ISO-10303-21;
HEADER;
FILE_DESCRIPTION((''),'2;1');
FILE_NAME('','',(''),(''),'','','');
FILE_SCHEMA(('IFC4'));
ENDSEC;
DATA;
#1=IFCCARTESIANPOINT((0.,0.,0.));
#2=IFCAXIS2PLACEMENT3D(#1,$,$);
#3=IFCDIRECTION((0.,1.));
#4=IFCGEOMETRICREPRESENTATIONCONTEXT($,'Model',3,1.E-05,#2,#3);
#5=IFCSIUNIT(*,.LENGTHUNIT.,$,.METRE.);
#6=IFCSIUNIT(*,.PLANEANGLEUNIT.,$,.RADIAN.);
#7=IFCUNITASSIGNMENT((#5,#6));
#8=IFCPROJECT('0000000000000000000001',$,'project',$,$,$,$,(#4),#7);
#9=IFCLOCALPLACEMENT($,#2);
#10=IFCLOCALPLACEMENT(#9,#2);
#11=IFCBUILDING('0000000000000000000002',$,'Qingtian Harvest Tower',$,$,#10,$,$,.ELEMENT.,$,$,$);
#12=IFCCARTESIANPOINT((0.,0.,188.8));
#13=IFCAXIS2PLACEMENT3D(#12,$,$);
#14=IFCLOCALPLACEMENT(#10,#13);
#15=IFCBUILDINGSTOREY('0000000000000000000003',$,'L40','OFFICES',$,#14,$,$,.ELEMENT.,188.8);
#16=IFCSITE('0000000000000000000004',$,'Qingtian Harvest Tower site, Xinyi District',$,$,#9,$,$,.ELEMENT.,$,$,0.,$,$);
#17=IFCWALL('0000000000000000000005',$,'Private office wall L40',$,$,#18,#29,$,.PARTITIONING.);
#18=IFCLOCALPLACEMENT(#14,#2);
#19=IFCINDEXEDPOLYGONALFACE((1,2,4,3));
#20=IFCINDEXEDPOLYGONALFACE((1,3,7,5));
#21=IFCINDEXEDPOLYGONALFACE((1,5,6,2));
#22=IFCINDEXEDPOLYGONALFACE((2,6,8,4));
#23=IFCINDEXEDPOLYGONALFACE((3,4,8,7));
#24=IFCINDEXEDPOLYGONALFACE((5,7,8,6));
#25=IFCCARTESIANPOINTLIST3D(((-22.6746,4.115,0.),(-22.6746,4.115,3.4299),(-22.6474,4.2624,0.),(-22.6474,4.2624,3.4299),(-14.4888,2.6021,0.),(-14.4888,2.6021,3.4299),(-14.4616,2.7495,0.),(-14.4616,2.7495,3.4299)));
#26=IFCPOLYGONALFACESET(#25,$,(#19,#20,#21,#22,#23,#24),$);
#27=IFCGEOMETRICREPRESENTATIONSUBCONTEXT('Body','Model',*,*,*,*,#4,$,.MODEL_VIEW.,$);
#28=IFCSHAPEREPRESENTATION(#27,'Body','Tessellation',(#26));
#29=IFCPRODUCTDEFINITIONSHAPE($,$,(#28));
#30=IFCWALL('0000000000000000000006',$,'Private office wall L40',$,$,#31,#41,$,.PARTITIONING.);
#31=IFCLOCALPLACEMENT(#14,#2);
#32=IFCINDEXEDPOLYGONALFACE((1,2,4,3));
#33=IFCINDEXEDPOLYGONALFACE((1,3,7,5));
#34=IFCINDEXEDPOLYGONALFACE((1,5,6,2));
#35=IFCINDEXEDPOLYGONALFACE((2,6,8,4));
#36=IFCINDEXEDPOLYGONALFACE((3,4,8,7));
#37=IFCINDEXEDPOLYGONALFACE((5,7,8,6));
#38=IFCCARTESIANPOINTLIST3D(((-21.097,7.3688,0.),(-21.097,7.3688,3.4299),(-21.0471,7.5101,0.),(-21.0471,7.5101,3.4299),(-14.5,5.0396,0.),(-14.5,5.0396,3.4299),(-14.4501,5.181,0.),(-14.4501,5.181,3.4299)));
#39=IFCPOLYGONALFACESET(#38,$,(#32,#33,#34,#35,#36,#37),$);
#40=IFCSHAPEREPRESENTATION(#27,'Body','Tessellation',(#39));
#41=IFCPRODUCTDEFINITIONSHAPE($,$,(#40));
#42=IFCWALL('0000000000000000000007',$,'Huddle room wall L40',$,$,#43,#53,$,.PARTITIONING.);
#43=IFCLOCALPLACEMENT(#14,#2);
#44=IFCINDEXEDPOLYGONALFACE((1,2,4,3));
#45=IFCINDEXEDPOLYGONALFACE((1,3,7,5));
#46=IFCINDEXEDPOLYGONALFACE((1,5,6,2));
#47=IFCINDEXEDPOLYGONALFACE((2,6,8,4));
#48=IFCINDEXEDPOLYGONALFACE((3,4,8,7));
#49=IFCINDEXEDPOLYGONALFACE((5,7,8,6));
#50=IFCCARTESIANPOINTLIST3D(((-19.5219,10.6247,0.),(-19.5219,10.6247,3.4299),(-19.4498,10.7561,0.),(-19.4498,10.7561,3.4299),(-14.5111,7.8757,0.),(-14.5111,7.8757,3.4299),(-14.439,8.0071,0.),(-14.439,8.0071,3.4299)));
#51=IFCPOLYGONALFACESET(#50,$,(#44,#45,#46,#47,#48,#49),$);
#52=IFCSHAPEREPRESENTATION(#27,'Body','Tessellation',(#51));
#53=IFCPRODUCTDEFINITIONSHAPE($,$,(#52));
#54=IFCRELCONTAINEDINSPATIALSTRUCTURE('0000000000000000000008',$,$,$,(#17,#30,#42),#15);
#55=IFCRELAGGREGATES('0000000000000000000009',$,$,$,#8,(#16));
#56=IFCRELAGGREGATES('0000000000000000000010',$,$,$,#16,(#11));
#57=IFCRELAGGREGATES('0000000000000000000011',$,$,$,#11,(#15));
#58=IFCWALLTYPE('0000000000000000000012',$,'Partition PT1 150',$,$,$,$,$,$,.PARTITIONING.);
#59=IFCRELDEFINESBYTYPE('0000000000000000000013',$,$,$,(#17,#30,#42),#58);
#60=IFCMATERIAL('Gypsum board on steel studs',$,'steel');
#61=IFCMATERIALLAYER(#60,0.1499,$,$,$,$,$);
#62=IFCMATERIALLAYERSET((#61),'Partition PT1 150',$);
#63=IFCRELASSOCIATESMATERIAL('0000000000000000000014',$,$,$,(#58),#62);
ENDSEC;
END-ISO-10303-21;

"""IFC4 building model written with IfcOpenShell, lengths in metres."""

from ifc_helpers import new_model, si_unit, direction, frame, frame_2d, origin, place, context, subcontext, project, spatial, rectangle, extrude, material, layer, layer_set, type_object, element, save


model = new_model("IFC4")

# Units and contexts
model_context = context("Model", 3, precision=1e-05, world=origin(), true_north=direction((0.0, 1.0)))
body_context = subcontext(model_context, "Body", "Model", "MODEL_VIEW")
ifc_project = project(units=[si_unit("LENGTHUNIT", "METRE"), si_unit("PLANEANGLEUNIT", "RADIAN")], contexts=[model_context])

# Site, building, storey
site_placement = place(None, origin())
site = spatial("IfcSite", under=ifc_project, at=site_placement, Name="Qingtian Harvest Tower site, Xinyi District", CompositionType="ELEMENT", RefElevation=0.0)
building_placement = place(site_placement, origin())
building = spatial("IfcBuilding", under=site, at=building_placement, Name="Qingtian Harvest Tower", CompositionType="ELEMENT")
storey_placement = place(building_placement, frame((0.0, 0.0, 188.8)))
storey = spatial("IfcBuildingStorey", under=building, at=storey_placement, Name="L40", Description="OFFICES", CompositionType="ELEMENT", Elevation=188.8)

# Wall
ifc_material_1 = material(Name="Gypsum board on steel studs", Category="steel")
ifc_layer_1 = layer(ifc_material_1, 0.1499)
ifc_layer_set_1 = layer_set([ifc_layer_1], Name="Partition PT1 150")
wall_type = type_object("IfcWallType", Name="Partition PT1 150", PredefinedType="PARTITIONING", material=ifc_layer_set_1)
wall_1_placement = place(storey_placement, frame((-22.6609, 4.1887, 0.0), z_axis=(0.0, 0.0, 1.0), x_axis=(0.983345, -0.181747, 0.0)))
element("IfcWall", 1, at=wall_1_placement, inside=storey, type_object=wall_type, Name="Private office wall L40", PredefinedType="PARTITIONING", context=body_context, shape_type="SweptSolid", body=[
    extrude(rectangle(XDim=8.3245, YDim=0.1499, at=frame_2d((4.1621, 0.0))), origin(), (0.0, 0.0, 1.0), 3.4299),
])

# Wall
wall_2_placement = place(storey_placement, frame((-21.072, 7.4395, 0.0), z_axis=(0.0, 0.0, 1.0), x_axis=(0.942956, -0.332919, 0.0)))
element("IfcWall", 2, at=wall_2_placement, inside=storey, type_object=wall_type, Name="Private office wall L40", PredefinedType="PARTITIONING", context=body_context, shape_type="SweptSolid", body=[
    extrude(rectangle(XDim=6.9961, YDim=0.1499, at=frame_2d((3.498, 0.0))), origin(), (0.0, 0.0, 1.0), 3.4299),
])

# Wall
wall_3_placement = place(storey_placement, frame((-19.4858, 10.6904, 0.0), z_axis=(0.0, 0.0, 1.0), x_axis=(0.876724, -0.480994, 0.0)))
element("IfcWall", 3, at=wall_3_placement, inside=storey, type_object=wall_type, Name="Huddle room wall L40", PredefinedType="PARTITIONING", context=body_context, shape_type="SweptSolid", body=[
    extrude(rectangle(XDim=5.7153, YDim=0.1499, at=frame_2d((2.8577, 0.0))), origin(), (0.0, 0.0, 1.0), 3.4299),
])

save(model, "model.ifc")
